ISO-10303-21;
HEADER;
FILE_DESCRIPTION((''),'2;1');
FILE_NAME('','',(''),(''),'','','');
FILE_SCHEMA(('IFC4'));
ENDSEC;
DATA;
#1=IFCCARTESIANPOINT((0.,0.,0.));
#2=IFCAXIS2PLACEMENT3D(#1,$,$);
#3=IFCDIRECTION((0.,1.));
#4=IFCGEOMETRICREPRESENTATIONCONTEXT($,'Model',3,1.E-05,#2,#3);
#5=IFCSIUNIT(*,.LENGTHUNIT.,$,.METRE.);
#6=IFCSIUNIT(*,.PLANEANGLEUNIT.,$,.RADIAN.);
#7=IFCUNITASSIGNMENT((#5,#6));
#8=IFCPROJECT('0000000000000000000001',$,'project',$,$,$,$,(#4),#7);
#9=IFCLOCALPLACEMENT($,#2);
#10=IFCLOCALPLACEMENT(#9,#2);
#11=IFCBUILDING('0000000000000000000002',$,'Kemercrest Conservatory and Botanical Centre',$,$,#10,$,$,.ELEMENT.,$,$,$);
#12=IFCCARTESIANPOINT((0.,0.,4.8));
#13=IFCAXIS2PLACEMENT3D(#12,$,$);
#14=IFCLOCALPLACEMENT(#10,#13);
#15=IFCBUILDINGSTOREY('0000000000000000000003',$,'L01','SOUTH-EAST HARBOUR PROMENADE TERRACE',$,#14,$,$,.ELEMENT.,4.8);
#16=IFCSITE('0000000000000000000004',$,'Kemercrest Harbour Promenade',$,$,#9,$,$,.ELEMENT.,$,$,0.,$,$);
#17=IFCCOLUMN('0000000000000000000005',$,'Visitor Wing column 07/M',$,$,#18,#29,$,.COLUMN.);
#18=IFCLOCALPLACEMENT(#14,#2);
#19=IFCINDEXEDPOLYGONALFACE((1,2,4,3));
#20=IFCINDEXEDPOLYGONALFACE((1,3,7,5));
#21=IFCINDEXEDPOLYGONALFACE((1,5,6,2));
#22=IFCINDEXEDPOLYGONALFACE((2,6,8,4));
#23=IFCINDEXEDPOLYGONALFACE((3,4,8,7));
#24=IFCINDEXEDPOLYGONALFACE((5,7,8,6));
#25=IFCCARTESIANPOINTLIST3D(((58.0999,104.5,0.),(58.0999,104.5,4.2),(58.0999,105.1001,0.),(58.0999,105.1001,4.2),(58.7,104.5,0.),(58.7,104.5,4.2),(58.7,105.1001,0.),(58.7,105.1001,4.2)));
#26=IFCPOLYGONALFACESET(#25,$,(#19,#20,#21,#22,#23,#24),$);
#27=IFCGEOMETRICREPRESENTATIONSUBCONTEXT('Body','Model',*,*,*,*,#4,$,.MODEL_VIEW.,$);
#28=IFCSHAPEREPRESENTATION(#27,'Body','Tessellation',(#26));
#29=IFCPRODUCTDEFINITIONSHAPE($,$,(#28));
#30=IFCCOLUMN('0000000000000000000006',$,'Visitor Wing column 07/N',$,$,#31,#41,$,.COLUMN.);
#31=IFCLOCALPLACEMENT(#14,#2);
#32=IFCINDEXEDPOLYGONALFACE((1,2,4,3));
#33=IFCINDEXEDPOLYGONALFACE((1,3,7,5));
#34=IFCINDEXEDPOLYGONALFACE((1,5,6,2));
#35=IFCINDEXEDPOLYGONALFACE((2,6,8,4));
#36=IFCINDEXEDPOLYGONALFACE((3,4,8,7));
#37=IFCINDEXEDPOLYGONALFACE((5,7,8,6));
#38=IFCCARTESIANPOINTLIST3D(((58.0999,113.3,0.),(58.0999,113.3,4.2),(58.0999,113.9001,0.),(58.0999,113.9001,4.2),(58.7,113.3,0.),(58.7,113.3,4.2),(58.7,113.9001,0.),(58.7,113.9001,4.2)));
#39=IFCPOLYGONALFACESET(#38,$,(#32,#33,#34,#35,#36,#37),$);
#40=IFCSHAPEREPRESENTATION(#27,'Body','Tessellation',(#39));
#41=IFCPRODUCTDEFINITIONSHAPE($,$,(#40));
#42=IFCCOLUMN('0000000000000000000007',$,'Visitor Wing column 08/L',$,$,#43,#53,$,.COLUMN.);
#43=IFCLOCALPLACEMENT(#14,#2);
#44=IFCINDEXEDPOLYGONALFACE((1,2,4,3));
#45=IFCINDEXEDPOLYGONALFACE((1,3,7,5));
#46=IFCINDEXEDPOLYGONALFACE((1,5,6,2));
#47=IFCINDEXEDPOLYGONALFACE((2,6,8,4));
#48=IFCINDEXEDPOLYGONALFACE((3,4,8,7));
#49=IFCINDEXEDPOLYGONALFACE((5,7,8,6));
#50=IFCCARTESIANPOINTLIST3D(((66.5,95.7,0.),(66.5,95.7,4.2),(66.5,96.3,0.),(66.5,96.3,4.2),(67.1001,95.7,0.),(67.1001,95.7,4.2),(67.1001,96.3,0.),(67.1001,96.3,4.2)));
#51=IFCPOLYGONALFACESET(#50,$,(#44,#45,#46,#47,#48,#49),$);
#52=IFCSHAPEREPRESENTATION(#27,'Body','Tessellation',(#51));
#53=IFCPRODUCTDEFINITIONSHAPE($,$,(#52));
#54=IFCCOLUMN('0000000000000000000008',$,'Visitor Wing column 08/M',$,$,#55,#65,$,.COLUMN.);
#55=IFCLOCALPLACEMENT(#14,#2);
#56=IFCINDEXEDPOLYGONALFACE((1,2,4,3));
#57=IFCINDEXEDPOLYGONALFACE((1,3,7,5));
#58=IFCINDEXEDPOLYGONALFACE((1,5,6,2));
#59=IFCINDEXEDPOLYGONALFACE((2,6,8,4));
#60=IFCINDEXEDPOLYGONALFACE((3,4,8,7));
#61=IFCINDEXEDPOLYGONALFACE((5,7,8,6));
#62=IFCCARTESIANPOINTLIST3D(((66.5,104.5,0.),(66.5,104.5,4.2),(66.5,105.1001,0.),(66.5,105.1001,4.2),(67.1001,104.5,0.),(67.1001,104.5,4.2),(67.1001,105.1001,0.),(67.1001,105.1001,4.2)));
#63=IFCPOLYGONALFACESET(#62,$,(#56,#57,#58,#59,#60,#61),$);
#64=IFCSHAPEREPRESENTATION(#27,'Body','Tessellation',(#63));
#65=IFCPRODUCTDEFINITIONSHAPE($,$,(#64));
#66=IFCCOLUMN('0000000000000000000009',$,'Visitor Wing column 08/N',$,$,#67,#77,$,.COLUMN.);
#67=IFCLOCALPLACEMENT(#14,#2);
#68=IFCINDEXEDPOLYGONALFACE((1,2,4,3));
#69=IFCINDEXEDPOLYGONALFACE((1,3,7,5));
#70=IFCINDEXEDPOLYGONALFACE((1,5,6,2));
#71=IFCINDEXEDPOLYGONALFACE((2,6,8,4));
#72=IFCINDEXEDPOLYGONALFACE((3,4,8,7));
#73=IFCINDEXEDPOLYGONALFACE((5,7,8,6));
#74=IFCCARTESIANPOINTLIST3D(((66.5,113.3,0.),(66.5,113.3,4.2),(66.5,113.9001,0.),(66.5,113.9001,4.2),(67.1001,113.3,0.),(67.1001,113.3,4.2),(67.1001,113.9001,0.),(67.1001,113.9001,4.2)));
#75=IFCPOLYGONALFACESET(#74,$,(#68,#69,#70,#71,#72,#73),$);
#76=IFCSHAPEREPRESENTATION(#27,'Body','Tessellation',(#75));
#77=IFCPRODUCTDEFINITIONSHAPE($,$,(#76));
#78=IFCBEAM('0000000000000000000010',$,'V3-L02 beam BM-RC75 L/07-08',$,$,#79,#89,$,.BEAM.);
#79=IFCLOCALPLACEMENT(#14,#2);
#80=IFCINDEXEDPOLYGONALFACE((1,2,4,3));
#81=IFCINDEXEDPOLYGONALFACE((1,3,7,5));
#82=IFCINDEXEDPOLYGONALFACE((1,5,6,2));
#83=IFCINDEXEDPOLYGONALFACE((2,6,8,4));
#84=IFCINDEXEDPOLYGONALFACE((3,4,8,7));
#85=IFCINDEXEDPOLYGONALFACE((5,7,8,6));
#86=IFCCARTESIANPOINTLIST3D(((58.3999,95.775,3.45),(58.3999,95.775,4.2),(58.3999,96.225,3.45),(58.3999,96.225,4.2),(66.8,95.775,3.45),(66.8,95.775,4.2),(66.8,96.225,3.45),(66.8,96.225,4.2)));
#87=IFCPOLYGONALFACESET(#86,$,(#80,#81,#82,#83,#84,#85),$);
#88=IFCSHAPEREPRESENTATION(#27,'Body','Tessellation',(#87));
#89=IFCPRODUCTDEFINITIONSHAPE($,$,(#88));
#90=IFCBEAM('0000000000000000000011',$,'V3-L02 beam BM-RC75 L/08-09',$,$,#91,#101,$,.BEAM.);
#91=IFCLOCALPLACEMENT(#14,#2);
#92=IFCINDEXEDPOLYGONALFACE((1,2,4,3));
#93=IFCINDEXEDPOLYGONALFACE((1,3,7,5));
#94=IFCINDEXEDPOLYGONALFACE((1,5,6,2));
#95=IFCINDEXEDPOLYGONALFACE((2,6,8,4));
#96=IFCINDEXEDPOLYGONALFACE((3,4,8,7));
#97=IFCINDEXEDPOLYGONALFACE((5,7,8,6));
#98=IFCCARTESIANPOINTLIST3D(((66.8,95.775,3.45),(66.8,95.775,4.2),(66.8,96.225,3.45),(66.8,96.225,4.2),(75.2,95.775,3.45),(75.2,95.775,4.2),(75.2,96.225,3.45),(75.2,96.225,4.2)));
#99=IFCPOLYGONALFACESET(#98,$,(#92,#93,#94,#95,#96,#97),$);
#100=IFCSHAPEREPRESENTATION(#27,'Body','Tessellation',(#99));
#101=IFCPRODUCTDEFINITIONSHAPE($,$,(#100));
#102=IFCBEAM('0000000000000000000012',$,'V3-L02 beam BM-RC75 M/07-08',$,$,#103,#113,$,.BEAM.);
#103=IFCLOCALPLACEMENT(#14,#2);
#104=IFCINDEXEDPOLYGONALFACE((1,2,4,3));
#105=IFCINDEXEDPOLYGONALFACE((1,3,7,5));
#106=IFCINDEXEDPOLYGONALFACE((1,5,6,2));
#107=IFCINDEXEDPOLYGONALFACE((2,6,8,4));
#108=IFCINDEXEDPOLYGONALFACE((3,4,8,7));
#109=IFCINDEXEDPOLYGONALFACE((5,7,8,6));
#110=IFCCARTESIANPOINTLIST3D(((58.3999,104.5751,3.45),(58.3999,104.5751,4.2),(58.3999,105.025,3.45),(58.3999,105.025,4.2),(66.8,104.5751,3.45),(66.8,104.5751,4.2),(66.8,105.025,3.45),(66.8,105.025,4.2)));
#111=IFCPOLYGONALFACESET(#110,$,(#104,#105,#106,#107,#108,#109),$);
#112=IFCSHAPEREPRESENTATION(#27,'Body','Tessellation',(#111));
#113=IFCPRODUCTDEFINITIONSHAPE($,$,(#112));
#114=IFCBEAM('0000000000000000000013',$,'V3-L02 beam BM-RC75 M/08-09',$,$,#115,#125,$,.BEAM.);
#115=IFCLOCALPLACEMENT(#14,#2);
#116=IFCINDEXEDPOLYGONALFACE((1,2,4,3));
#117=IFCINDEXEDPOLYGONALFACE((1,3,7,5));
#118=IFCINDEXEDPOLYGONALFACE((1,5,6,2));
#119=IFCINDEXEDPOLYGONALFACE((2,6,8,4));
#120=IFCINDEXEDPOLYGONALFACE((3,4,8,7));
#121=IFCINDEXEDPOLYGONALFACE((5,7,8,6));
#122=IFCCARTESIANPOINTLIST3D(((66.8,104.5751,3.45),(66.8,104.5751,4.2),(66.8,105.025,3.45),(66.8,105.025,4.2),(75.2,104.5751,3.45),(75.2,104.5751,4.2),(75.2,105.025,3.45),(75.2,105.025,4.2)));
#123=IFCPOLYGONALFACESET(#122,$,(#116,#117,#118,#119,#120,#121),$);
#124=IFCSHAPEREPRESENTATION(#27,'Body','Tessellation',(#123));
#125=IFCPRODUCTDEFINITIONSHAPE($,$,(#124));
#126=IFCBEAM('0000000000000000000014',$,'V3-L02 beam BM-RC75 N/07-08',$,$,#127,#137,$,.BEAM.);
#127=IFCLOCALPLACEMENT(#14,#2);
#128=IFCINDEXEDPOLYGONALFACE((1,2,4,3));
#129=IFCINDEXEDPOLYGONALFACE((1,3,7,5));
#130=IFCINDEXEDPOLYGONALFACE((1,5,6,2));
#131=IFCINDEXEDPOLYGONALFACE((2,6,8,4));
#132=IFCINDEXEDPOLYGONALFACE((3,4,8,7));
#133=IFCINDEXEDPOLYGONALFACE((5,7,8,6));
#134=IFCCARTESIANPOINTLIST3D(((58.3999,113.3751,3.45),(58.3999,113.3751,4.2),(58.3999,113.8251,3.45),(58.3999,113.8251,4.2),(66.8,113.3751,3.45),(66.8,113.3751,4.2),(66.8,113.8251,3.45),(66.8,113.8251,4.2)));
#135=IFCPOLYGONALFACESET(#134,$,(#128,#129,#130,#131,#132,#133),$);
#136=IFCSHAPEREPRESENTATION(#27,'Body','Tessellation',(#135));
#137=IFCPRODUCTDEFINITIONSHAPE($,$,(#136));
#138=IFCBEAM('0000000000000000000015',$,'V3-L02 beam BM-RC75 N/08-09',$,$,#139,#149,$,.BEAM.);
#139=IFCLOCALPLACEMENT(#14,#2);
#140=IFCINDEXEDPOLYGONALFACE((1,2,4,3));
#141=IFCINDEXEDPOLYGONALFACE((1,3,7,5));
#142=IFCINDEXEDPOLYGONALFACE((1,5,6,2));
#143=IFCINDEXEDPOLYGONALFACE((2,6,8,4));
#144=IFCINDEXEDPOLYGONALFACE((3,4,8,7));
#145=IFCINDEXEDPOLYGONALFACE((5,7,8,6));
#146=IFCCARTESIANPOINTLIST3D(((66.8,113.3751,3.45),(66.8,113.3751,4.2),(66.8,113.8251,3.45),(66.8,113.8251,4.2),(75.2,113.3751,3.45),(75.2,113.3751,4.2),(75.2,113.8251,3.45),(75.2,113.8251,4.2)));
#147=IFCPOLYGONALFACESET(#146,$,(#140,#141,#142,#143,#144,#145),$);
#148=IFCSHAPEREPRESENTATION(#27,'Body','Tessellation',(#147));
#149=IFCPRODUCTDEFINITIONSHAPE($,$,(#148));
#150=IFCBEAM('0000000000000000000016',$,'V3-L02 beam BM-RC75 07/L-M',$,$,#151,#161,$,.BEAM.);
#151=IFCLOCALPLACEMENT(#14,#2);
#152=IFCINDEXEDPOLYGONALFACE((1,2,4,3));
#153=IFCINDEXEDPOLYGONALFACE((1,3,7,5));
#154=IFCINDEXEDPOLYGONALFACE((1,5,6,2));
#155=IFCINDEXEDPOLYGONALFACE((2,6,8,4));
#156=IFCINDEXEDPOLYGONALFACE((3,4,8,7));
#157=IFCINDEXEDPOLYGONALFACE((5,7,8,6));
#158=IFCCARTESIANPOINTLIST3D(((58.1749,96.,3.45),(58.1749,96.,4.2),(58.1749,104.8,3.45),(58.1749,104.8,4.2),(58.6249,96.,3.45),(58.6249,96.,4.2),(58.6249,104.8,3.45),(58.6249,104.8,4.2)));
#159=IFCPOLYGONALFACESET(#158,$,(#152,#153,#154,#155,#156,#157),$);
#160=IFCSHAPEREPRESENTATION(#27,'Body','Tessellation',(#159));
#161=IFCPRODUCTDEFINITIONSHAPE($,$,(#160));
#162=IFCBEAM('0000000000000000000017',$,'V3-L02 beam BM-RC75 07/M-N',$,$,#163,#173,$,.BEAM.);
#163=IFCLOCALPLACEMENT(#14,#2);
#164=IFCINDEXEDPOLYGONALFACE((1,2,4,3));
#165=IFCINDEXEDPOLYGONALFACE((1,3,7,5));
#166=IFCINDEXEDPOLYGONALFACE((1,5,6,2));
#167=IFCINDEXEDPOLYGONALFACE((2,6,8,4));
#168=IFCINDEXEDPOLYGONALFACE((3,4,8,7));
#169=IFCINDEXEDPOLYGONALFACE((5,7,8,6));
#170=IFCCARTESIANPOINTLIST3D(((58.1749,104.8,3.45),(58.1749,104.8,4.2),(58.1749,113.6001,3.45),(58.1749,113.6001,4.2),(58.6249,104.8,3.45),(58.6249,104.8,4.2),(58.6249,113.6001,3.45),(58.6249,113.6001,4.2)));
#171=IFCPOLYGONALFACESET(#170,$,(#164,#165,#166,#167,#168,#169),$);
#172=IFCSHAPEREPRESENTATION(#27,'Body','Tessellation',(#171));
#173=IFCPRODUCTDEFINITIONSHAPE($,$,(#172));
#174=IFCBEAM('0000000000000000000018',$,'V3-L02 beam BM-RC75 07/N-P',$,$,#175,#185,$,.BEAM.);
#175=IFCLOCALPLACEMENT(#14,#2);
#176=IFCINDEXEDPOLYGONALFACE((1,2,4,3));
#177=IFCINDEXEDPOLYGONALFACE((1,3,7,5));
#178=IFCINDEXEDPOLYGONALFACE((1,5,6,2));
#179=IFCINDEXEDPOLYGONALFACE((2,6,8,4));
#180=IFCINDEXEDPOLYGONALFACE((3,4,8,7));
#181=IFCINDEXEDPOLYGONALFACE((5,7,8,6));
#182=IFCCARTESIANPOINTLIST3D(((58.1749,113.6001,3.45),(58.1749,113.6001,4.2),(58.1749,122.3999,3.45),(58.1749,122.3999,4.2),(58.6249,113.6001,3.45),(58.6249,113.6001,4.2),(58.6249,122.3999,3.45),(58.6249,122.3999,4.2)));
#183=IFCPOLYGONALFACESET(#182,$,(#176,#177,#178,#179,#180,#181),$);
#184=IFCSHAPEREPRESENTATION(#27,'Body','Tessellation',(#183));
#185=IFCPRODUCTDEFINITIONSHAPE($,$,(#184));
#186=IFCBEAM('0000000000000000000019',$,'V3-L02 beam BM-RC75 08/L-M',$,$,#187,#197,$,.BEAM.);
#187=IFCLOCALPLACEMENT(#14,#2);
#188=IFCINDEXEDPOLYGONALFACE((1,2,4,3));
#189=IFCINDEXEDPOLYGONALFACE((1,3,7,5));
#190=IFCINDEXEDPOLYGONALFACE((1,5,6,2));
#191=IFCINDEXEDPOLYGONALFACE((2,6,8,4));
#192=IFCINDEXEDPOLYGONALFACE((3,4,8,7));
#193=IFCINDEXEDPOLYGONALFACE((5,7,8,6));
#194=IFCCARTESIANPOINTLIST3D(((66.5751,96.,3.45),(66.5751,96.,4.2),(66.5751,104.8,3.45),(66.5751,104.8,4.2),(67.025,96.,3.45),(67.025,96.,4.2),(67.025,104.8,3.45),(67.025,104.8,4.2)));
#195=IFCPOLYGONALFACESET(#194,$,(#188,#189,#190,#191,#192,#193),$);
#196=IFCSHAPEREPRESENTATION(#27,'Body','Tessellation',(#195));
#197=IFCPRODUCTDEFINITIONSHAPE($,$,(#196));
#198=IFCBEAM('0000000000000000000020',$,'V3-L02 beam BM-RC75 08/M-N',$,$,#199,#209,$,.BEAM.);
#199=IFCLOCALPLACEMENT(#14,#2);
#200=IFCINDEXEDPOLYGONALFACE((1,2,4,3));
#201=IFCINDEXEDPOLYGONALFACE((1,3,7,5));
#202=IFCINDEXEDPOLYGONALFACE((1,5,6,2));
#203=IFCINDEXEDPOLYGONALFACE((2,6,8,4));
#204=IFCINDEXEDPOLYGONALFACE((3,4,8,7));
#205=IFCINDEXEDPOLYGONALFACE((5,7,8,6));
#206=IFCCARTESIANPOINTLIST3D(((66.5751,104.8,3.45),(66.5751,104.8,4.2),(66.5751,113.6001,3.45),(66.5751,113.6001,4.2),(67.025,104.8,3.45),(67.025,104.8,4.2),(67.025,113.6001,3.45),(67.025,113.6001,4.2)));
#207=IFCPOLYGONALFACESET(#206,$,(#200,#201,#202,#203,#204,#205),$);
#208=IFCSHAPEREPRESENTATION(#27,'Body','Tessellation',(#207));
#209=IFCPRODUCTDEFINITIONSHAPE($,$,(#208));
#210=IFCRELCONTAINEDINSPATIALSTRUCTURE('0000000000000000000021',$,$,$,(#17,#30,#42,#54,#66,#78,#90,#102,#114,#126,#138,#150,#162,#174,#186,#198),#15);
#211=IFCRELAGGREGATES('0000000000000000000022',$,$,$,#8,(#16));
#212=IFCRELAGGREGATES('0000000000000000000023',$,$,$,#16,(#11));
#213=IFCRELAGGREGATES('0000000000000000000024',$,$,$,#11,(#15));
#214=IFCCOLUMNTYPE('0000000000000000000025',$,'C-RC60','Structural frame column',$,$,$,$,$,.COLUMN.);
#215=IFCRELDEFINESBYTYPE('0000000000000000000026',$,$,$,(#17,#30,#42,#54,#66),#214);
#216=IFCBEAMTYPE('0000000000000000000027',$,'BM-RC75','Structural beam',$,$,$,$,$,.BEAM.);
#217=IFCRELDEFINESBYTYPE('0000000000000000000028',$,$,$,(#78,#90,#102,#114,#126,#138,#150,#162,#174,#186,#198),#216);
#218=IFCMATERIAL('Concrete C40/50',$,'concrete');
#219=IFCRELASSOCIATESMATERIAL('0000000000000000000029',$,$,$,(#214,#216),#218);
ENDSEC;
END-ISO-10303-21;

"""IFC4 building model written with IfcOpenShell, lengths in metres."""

from ifc_helpers import new_model, si_unit, direction, frame, origin, origin_2d, place, context, subcontext, project, spatial, rectangle, extrude, material, material_profile, profile_set, type_object, element, save


model = new_model("IFC4")

# Units and contexts
model_context = context("Model", 3, precision=1e-05, world=origin(), true_north=direction((0.0, 1.0)))
body_context = subcontext(model_context, "Body", "Model", "MODEL_VIEW")
ifc_project = project(units=[si_unit("LENGTHUNIT", "METRE"), si_unit("PLANEANGLEUNIT", "RADIAN")], contexts=[model_context])

# Site, building, storey
site_placement = place(None, origin())
site = spatial("IfcSite", under=ifc_project, at=site_placement, Name="Kemercrest Harbour Promenade", CompositionType="ELEMENT", RefElevation=0.0)
building_placement = place(site_placement, origin())
building = spatial("IfcBuilding", under=site, at=building_placement, Name="Kemercrest Conservatory and Botanical Centre", CompositionType="ELEMENT")
storey_placement = place(building_placement, frame((0.0, 0.0, 4.8)))
storey = spatial("IfcBuildingStorey", under=building, at=storey_placement, Name="L01", Description="SOUTH-EAST HARBOUR PROMENADE TERRACE", CompositionType="ELEMENT", Elevation=4.8)

# Columns
ifc_material_1 = material(Name="Concrete C40/50", Category="concrete")
ifc_material_profile_1 = material_profile(ifc_material_1, rectangle(XDim=0.6001, YDim=0.6001, at=origin_2d()), Name="RC 600x600")
ifc_profile_set_1 = profile_set([ifc_material_profile_1], Name="Concrete C40/50")
column_type = type_object("IfcColumnType", Name="C-RC60", Description="Structural frame column", PredefinedType="COLUMN", material=ifc_profile_set_1)
for number, where, z_axis, x_axis, name in (
    (1, (58.3999, 104.8, 0.0), (0.0, 0.0, 1.0), (1.0, 0.0, 0.0), "Visitor Wing column 07/M"),
    (2, (58.3999, 113.6001, 0.0), (0.0, 0.0, 1.0), (1.0, 0.0, 0.0), "Visitor Wing column 07/N"),
    (3, (66.8, 96.0, 0.0), (0.0, 0.0, 1.0), (1.0, 0.0, 0.0), "Visitor Wing column 08/L"),
    (4, (66.8, 104.8, 0.0), (0.0, 0.0, 1.0), (1.0, 0.0, 0.0), "Visitor Wing column 08/M"),
    (5, (66.8, 113.6001, 0.0), (0.0, 0.0, 1.0), (1.0, 0.0, 0.0), "Visitor Wing column 08/N"),
):
    element("IfcColumn", number, at=place(storey_placement, frame(where, z_axis=z_axis, x_axis=x_axis)), inside=storey, type_object=column_type, Name=name, PredefinedType="COLUMN", context=body_context, shape_type="SweptSolid", body=[
        extrude(rectangle(XDim=0.6001, YDim=0.6001, at=origin_2d()), origin(), (0.0, 0.0, 1.0), 4.2),
    ])

# Beams
ifc_material_profile_2 = material_profile(ifc_material_1, rectangle(XDim=0.45, YDim=0.75, at=origin_2d()), Name="RC 450x750")
ifc_profile_set_2 = profile_set([ifc_material_profile_2], Name="Concrete C40/50")
beam_type_1 = type_object("IfcBeamType", Name="BM-RC75", Description="Structural beam", PredefinedType="BEAM", material=ifc_profile_set_2)
beam_1_placement = place(storey_placement, frame((58.3999, 96.0, 3.825), z_axis=(1.0, 0.0, 0.0), x_axis=(0.0, 1.0, 0.0)))
element("IfcBeam", 6, at=beam_1_placement, inside=storey, type_object=beam_type_1, Name="V3-L02 beam BM-RC75 L/07-08", PredefinedType="BEAM", context=body_context, shape_type="SweptSolid", body=[
    extrude(rectangle(XDim=0.45, YDim=0.75, at=origin_2d()), origin(), (0.0, 0.0, 1.0), 8.4001),
])
beam_2_placement = place(storey_placement, frame((66.8, 96.0, 3.825), z_axis=(1.0, 0.0, 0.0), x_axis=(0.0, 1.0, 0.0)))
element("IfcBeam", 7, at=beam_2_placement, inside=storey, type_object=beam_type_1, Name="V3-L02 beam BM-RC75 L/08-09", PredefinedType="BEAM", context=body_context, shape_type="SweptSolid", body=[
    extrude(rectangle(XDim=0.45, YDim=0.75, at=origin_2d()), origin(), (0.0, 0.0, 1.0), 8.3999),
])
beam_3_placement = place(storey_placement, frame((58.3999, 104.8, 3.825), z_axis=(1.0, 0.0, 0.0), x_axis=(0.0, 1.0, 0.0)))
element("IfcBeam", 8, at=beam_3_placement, inside=storey, type_object=beam_type_1, Name="V3-L02 beam BM-RC75 M/07-08", PredefinedType="BEAM", context=body_context, shape_type="SweptSolid", body=[
    extrude(rectangle(XDim=0.45, YDim=0.75, at=origin_2d()), origin(), (0.0, 0.0, 1.0), 8.4001),
])
beam_4_placement = place(storey_placement, frame((66.8, 104.8, 3.825), z_axis=(1.0, 0.0, 0.0), x_axis=(0.0, 1.0, 0.0)))
element("IfcBeam", 9, at=beam_4_placement, inside=storey, type_object=beam_type_1, Name="V3-L02 beam BM-RC75 M/08-09", PredefinedType="BEAM", context=body_context, shape_type="SweptSolid", body=[
    extrude(rectangle(XDim=0.45, YDim=0.75, at=origin_2d()), origin(), (0.0, 0.0, 1.0), 8.3999),
])
beam_5_placement = place(storey_placement, frame((58.3999, 113.6001, 3.825), z_axis=(1.0, 0.0, 0.0), x_axis=(0.0, 1.0, 0.0)))
element("IfcBeam", 10, at=beam_5_placement, inside=storey, type_object=beam_type_1, Name="V3-L02 beam BM-RC75 N/07-08", PredefinedType="BEAM", context=body_context, shape_type="SweptSolid", body=[
    extrude(rectangle(XDim=0.45, YDim=0.75, at=origin_2d()), origin(), (0.0, 0.0, 1.0), 8.4001),
])
beam_6_placement = place(storey_placement, frame((66.8, 113.6001, 3.825), z_axis=(1.0, 0.0, 0.0), x_axis=(0.0, 1.0, 0.0)))
element("IfcBeam", 11, at=beam_6_placement, inside=storey, type_object=beam_type_1, Name="V3-L02 beam BM-RC75 N/08-09", PredefinedType="BEAM", context=body_context, shape_type="SweptSolid", body=[
    extrude(rectangle(XDim=0.45, YDim=0.75, at=origin_2d()), origin(), (0.0, 0.0, 1.0), 8.3999),
])
for number, where, z_axis, x_axis, name in (
    (12, (58.3999, 96.0, 3.825), (0.0, 1.0, 0.0), (-1.0, 0.0, 0.0), "V3-L02 beam BM-RC75 07/L-M"),
    (13, (58.3999, 104.8, 3.825), (0.0, 1.0, 0.0), (-1.0, 0.0, 0.0), "V3-L02 beam BM-RC75 07/M-N"),
):
    element("IfcBeam", number, at=place(storey_placement, frame(where, z_axis=z_axis, x_axis=x_axis)), inside=storey, type_object=beam_type_1, Name=name, PredefinedType="BEAM", context=body_context, shape_type="SweptSolid", body=[
        extrude(rectangle(XDim=0.45, YDim=0.75, at=origin_2d()), origin(), (0.0, 0.0, 1.0), 8.8),
    ])
beam_7_placement = place(storey_placement, frame((58.3999, 113.6001, 3.825), z_axis=(0.0, 1.0, 0.0), x_axis=(-1.0, 0.0, 0.0)))
element("IfcBeam", 14, at=beam_7_placement, inside=storey, type_object=beam_type_1, Name="V3-L02 beam BM-RC75 07/N-P", PredefinedType="BEAM", context=body_context, shape_type="SweptSolid", body=[
    extrude(rectangle(XDim=0.45, YDim=0.75, at=origin_2d()), origin(), (0.0, 0.0, 1.0), 8.7998),
])
for number, where, z_axis, x_axis, name in (
    (15, (66.8, 96.0, 3.825), (0.0, 1.0, 0.0), (-1.0, 0.0, 0.0), "V3-L02 beam BM-RC75 08/L-M"),
    (16, (66.8, 104.8, 3.825), (0.0, 1.0, 0.0), (-1.0, 0.0, 0.0), "V3-L02 beam BM-RC75 08/M-N"),
):
    element("IfcBeam", number, at=place(storey_placement, frame(where, z_axis=z_axis, x_axis=x_axis)), inside=storey, type_object=beam_type_1, Name=name, PredefinedType="BEAM", context=body_context, shape_type="SweptSolid", body=[
        extrude(rectangle(XDim=0.45, YDim=0.75, at=origin_2d()), origin(), (0.0, 0.0, 1.0), 8.8),
    ])

save(model, "model.ifc")
